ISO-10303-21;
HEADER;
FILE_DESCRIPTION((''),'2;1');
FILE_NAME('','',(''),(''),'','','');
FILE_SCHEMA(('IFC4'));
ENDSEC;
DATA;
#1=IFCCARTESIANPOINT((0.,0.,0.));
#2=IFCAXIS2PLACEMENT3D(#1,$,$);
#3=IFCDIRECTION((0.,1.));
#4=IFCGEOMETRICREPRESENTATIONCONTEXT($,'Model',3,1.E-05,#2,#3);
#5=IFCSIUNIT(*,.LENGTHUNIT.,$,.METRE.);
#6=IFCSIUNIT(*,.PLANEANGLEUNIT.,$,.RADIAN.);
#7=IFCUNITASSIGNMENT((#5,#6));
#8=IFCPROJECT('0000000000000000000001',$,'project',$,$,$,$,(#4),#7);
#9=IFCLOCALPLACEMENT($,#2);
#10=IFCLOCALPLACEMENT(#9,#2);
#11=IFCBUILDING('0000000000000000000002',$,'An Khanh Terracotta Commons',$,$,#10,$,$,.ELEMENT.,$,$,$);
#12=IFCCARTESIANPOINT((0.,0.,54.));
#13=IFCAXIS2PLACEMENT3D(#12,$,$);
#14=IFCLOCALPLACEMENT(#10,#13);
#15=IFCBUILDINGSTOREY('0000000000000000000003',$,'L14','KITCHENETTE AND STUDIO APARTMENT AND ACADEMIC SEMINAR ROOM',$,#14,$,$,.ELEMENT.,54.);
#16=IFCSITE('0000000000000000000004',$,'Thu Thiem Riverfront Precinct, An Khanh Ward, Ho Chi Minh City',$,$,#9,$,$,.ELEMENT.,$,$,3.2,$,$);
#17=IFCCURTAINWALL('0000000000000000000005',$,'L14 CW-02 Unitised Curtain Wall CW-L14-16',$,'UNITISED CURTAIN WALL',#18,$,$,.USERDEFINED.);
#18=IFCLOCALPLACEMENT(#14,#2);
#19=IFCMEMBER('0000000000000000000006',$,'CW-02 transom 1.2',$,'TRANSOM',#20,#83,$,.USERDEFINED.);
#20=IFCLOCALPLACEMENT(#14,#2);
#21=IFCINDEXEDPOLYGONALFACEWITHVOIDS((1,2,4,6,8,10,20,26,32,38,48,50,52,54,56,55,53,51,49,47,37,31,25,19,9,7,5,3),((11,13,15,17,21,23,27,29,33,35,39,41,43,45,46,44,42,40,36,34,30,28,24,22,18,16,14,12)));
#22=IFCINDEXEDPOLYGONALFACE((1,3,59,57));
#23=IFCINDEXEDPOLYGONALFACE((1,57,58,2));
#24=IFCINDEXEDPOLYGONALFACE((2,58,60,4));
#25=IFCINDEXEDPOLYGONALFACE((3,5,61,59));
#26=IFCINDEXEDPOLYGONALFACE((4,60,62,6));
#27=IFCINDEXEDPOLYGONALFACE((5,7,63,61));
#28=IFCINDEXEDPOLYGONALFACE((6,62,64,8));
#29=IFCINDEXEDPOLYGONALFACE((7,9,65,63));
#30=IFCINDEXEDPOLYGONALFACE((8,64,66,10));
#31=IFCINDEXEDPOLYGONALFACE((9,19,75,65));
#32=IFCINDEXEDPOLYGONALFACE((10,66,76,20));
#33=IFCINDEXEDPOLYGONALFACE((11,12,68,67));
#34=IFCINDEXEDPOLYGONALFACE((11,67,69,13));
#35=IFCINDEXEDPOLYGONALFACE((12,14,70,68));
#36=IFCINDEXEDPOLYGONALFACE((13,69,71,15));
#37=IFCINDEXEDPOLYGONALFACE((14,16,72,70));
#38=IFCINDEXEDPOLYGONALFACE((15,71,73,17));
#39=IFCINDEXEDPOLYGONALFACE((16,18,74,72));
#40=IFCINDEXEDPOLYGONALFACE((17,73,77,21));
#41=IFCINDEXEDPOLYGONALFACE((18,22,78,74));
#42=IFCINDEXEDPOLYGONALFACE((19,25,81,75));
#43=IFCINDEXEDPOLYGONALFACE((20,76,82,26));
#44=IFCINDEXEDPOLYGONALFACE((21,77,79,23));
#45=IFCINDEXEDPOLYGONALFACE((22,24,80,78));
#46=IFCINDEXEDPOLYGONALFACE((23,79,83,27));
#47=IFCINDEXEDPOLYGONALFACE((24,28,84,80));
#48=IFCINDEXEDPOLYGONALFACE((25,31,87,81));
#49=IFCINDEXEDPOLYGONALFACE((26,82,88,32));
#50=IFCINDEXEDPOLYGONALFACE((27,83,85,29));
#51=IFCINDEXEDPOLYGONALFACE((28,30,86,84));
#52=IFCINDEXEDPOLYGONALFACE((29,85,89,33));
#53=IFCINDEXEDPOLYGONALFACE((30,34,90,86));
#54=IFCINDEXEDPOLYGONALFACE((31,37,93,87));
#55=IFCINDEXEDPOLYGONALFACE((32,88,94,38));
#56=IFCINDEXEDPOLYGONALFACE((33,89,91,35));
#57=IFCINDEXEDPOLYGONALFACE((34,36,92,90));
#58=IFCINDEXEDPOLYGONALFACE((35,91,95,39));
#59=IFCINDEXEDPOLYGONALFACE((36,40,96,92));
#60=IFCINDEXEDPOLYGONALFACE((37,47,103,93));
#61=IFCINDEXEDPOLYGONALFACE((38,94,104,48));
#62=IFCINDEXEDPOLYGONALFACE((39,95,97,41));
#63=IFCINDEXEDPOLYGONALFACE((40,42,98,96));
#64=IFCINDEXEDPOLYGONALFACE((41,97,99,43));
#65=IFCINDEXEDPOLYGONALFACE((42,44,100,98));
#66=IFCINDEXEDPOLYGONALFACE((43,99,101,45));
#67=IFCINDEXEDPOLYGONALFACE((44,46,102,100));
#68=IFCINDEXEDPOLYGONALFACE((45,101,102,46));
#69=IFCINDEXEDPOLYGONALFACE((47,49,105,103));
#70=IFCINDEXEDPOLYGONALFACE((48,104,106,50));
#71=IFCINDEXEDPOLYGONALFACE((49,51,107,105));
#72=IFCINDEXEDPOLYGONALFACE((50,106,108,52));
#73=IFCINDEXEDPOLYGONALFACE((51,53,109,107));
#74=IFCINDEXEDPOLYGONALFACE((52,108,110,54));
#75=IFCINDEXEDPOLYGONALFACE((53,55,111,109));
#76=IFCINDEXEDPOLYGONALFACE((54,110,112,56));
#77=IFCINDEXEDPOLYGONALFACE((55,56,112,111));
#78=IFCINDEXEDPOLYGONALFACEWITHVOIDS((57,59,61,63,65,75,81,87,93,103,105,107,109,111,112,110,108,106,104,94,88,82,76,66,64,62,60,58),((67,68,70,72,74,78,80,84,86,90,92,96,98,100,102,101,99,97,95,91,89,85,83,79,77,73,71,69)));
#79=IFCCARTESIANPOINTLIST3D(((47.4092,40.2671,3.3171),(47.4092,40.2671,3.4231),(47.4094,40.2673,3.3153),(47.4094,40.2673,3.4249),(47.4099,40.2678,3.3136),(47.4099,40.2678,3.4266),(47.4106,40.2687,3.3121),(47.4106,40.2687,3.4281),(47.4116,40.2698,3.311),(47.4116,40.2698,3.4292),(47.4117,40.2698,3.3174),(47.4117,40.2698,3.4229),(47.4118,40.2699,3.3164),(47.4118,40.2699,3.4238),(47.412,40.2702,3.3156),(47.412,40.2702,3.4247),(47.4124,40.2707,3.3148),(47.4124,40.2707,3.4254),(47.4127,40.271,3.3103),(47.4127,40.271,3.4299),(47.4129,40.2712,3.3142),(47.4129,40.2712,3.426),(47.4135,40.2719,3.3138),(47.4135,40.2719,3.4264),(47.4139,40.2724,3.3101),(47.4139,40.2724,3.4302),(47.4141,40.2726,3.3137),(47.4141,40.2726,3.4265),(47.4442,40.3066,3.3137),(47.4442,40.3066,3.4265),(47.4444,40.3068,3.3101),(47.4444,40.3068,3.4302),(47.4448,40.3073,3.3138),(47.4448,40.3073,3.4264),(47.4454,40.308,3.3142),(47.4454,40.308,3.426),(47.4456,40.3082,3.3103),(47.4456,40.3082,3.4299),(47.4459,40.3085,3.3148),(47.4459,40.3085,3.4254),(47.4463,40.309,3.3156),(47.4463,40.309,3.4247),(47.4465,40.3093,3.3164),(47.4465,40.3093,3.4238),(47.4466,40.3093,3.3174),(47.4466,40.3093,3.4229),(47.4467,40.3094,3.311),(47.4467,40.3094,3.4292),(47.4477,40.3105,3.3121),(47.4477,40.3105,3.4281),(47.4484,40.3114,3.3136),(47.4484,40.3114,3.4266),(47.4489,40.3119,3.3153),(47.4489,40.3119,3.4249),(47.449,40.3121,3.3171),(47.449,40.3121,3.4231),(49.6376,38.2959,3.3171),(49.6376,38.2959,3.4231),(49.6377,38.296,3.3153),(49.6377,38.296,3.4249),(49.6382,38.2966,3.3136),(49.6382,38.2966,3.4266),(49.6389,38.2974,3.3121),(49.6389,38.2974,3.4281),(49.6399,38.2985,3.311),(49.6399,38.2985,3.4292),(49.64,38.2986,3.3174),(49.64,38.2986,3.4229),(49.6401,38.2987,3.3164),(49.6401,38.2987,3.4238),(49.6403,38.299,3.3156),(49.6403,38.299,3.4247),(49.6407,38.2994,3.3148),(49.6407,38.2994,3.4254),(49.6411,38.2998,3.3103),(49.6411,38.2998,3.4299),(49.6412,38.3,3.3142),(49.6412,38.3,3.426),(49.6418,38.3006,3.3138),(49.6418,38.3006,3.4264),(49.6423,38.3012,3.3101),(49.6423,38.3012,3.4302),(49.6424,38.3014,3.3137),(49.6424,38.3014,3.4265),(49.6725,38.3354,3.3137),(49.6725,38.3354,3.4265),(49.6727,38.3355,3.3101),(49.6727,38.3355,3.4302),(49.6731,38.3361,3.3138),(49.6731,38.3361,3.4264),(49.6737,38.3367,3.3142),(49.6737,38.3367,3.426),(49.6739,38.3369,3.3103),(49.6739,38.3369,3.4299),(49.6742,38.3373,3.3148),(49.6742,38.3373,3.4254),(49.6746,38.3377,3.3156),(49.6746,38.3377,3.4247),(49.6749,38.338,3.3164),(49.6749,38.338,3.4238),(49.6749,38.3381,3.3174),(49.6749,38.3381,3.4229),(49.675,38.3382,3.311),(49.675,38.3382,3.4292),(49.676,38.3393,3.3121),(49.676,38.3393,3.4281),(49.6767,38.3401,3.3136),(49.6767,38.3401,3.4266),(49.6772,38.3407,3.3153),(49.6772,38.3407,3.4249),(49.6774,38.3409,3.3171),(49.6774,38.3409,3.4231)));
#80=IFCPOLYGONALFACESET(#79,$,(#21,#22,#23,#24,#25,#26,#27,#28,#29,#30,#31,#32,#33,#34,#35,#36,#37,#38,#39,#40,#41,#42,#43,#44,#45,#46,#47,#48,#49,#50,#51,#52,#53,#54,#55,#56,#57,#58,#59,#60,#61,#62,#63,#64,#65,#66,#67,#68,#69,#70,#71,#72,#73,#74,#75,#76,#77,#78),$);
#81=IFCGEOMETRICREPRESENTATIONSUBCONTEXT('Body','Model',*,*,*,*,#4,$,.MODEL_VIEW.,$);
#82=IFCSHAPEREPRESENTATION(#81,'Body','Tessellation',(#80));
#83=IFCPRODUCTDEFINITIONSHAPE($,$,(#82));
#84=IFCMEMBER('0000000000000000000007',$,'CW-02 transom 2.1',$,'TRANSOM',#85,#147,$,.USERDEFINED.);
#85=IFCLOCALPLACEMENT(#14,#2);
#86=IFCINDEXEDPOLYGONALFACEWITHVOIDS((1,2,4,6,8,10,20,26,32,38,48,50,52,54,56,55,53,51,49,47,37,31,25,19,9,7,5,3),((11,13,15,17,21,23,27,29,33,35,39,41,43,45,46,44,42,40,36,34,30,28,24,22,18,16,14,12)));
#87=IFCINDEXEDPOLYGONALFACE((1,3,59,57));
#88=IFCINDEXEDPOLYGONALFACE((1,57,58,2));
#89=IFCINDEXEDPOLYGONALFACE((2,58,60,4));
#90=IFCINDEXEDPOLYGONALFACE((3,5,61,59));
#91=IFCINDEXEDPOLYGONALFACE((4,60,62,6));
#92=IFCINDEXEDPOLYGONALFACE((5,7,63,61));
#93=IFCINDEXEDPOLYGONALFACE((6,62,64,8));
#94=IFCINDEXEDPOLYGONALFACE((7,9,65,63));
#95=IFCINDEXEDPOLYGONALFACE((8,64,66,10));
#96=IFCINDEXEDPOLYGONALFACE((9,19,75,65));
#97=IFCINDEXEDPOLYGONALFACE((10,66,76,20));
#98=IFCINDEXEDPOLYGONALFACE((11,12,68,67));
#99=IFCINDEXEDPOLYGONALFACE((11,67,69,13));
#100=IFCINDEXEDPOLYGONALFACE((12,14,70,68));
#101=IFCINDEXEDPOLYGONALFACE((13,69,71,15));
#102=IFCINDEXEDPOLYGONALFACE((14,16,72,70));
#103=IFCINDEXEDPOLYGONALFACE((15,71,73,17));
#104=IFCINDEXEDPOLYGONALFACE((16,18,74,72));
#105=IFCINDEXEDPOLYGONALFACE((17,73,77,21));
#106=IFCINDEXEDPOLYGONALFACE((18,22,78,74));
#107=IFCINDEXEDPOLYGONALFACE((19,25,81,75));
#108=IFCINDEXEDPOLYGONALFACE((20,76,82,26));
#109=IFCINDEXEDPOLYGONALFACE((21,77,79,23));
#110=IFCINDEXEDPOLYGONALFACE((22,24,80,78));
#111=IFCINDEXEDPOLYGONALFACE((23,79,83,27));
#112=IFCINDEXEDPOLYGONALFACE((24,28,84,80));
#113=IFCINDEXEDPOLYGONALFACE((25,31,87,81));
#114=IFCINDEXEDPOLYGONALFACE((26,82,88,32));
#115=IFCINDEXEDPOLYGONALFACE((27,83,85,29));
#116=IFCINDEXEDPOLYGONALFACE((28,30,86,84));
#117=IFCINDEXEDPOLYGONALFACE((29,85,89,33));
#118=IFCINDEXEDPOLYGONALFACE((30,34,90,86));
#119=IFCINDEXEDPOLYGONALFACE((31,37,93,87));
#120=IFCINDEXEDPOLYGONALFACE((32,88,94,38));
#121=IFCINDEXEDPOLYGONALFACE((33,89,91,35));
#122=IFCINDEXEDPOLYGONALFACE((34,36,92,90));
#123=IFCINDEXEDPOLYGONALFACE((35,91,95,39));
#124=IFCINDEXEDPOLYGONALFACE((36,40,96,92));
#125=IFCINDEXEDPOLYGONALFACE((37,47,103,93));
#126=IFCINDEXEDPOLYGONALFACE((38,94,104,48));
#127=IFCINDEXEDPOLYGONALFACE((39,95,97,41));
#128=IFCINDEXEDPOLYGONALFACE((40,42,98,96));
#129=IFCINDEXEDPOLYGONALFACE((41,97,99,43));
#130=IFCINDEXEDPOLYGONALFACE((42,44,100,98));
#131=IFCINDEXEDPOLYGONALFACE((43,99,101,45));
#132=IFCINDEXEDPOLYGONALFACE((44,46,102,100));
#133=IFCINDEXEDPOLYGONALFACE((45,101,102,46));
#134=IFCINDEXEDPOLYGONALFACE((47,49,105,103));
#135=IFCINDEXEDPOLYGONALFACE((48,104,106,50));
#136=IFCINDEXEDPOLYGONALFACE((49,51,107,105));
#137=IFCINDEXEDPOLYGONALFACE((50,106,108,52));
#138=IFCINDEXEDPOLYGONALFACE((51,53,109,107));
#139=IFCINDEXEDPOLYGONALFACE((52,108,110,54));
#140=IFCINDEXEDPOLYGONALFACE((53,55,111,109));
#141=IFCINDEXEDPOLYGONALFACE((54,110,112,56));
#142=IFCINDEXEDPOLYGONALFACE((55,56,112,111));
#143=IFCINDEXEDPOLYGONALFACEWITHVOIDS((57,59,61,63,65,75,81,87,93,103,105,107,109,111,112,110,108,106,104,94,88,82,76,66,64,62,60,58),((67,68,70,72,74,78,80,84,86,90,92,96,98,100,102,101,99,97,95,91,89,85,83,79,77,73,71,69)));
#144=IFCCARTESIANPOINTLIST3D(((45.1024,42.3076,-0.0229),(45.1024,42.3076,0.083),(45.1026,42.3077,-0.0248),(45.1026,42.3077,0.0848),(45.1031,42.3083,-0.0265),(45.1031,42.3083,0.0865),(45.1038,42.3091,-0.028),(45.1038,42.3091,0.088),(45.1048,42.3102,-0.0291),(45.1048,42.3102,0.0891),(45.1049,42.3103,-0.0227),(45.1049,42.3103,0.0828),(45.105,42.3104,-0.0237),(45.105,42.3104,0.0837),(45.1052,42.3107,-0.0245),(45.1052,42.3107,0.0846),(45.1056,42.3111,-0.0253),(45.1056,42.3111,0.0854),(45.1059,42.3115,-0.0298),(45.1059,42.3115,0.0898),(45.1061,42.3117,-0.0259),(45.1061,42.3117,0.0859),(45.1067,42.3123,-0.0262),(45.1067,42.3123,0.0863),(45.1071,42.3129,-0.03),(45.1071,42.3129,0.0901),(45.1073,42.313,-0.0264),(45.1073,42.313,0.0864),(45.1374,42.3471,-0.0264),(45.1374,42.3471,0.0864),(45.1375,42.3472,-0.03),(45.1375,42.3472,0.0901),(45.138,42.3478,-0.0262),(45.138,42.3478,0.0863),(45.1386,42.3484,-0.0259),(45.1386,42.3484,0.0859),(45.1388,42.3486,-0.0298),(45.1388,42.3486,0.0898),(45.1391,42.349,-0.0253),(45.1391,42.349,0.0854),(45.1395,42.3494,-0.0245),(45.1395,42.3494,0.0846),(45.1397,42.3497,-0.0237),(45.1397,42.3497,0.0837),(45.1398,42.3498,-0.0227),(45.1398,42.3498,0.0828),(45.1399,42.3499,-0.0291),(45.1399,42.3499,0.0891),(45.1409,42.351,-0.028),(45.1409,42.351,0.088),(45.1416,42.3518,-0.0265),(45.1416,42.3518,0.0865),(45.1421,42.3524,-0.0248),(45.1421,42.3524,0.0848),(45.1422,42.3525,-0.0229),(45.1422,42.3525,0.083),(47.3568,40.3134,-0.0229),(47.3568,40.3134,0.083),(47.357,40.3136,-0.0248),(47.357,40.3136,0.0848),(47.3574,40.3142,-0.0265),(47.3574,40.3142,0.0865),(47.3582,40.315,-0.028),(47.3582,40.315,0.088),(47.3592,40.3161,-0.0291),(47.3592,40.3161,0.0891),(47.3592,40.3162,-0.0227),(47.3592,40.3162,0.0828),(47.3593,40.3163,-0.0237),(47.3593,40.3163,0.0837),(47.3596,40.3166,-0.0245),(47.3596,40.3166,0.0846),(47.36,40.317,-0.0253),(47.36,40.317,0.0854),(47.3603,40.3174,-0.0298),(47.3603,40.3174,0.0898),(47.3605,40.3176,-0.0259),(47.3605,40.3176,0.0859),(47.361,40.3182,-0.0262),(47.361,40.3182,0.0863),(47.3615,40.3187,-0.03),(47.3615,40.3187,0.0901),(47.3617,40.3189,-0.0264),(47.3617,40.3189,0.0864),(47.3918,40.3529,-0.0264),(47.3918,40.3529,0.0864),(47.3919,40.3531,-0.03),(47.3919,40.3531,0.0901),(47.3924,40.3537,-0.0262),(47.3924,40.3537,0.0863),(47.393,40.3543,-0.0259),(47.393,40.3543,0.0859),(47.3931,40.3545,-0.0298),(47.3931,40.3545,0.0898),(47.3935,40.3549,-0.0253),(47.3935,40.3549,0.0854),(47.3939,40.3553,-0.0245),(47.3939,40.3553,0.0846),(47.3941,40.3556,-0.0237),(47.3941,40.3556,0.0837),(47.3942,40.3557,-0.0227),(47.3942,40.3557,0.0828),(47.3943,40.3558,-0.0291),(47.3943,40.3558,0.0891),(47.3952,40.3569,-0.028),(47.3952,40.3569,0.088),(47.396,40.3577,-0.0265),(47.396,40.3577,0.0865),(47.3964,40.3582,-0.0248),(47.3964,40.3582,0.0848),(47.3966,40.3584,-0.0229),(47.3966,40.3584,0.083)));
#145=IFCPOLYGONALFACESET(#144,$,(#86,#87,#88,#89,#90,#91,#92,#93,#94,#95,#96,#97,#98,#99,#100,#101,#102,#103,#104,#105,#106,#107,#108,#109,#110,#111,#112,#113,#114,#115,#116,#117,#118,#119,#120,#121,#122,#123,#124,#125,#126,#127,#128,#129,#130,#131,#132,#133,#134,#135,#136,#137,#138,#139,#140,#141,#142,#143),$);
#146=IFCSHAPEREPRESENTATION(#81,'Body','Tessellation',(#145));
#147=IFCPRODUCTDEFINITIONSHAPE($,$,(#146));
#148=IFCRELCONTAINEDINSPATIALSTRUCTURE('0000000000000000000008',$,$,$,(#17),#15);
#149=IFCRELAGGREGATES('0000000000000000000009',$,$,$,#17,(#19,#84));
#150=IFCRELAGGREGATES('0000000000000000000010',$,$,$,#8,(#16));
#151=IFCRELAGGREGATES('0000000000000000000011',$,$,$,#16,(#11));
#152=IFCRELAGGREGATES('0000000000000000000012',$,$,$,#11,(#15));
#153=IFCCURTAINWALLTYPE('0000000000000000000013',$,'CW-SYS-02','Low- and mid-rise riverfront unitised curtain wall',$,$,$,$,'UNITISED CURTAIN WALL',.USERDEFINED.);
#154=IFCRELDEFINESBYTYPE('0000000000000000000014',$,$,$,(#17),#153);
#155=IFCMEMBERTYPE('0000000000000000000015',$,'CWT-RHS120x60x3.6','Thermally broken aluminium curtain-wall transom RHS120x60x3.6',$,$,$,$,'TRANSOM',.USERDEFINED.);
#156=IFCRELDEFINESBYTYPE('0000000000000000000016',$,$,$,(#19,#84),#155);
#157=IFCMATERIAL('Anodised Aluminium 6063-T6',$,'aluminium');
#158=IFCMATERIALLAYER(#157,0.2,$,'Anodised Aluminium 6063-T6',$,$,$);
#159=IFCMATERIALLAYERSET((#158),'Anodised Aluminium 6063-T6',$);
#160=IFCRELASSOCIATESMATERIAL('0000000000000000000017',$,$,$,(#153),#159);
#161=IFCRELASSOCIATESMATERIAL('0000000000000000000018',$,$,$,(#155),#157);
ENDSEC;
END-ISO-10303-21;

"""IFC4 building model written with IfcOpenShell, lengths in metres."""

from ifc_helpers import new_model, si_unit, direction, frame, origin, origin_2d, place, context, subcontext, project, spatial, hollow_rectangle, extrude, material, layer, layer_set, material_profile, profile_set, type_object, element, aggregate, save


model = new_model("IFC4")

# Units and contexts
model_context = context("Model", 3, precision=1e-05, world=origin(), true_north=direction((0.0, 1.0)))
body_context = subcontext(model_context, "Body", "Model", "MODEL_VIEW")
ifc_project = project(units=[si_unit("LENGTHUNIT", "METRE"), si_unit("PLANEANGLEUNIT", "RADIAN")], contexts=[model_context])

# Site, building, storey
site_placement = place(None, origin())
site = spatial("IfcSite", under=ifc_project, at=site_placement, Name="Thu Thiem Riverfront Precinct, An Khanh Ward, Ho Chi Minh City", CompositionType="ELEMENT", RefElevation=3.2)
building_placement = place(site_placement, origin())
building = spatial("IfcBuilding", under=site, at=building_placement, Name="An Khanh Terracotta Commons", CompositionType="ELEMENT")
storey_placement = place(building_placement, frame((0.0, 0.0, 54.0)))
storey = spatial("IfcBuildingStorey", under=building, at=storey_placement, Name="L14", Description="KITCHENETTE AND STUDIO APARTMENT AND ACADEMIC SEMINAR ROOM", CompositionType="ELEMENT", Elevation=54.0)

# Shared definitions
ifc_material_1 = material(Name="Anodised Aluminium 6063-T6", Category="aluminium")
ifc_layer_1 = layer(ifc_material_1, 0.2, Name="Anodised Aluminium 6063-T6")
ifc_layer_set_1 = layer_set([ifc_layer_1], Name="Anodised Aluminium 6063-T6")
curtain_wall_type = type_object("IfcCurtainWallType", Name="CW-SYS-02", Description="Low- and mid-rise riverfront unitised curtain wall", ElementType="UNITISED CURTAIN WALL", PredefinedType="USERDEFINED", material=ifc_layer_set_1)

# Curtain wall, members
curtain_wall_1_placement = place(storey_placement, origin())
curtain_wall_1 = element("IfcCurtainWall", 1, at=curtain_wall_1_placement, inside=storey, type_object=curtain_wall_type, Name="L14 CW-02 Unitised Curtain Wall CW-L14-16", ObjectType="UNITISED CURTAIN WALL", PredefinedType="USERDEFINED")
ifc_material_profile_1 = material_profile(ifc_material_1, hollow_rectangle(XDim=0.0601, YDim=0.1201, WallThickness=0.0037, InnerFilletRadius=0.0037, OuterFilletRadius=0.0071, at=origin_2d()), Name="RHS120x60x3.6")
ifc_profile_set_1 = profile_set([ifc_material_profile_1], Name="Anodised Aluminium 6063-T6")
member_type_1 = type_object("IfcMemberType", Name="CWT-RHS120x60x3.6", Description="Thermally broken aluminium curtain-wall transom RHS120x60x3.6", ElementType="TRANSOM", PredefinedType="USERDEFINED", material=ifc_profile_set_1)
member_1_placement = place(storey_placement, frame((49.6575, 38.3184, 3.3701), z_axis=(-0.748992, 0.662579, 0.0), x_axis=(-0.662579, -0.748992, 0.0)))
member_1 = element("IfcMember", 2, at=member_1_placement, type_object=member_type_1, Name="CW-02 transom 1.2", ObjectType="TRANSOM", PredefinedType="USERDEFINED", context=body_context, shape_type="SweptSolid", body=[
    extrude(hollow_rectangle(XDim=0.0601, YDim=0.1201, WallThickness=0.0037, InnerFilletRadius=0.0037, OuterFilletRadius=0.0071, at=origin_2d()), origin(), (0.0, 0.0, 1.0), 2.9751),
])
member_2_placement = place(storey_placement, frame((47.3767, 40.3359, 0.03), z_axis=(-0.749018, 0.662549, 0.0), x_axis=(-0.662549, -0.749018, 0.0)))
member_2 = element("IfcMember", 3, at=member_2_placement, type_object=member_type_1, Name="CW-02 transom 2.1", ObjectType="TRANSOM", PredefinedType="USERDEFINED", context=body_context, shape_type="SweptSolid", body=[
    extrude(hollow_rectangle(XDim=0.0601, YDim=0.1201, WallThickness=0.0037, InnerFilletRadius=0.0037, OuterFilletRadius=0.0071, at=origin_2d()), origin(), (0.0, 0.0, 1.0), 3.0098),
])

aggregate(curtain_wall_1, [member_1, member_2])

save(model, "model.ifc")
